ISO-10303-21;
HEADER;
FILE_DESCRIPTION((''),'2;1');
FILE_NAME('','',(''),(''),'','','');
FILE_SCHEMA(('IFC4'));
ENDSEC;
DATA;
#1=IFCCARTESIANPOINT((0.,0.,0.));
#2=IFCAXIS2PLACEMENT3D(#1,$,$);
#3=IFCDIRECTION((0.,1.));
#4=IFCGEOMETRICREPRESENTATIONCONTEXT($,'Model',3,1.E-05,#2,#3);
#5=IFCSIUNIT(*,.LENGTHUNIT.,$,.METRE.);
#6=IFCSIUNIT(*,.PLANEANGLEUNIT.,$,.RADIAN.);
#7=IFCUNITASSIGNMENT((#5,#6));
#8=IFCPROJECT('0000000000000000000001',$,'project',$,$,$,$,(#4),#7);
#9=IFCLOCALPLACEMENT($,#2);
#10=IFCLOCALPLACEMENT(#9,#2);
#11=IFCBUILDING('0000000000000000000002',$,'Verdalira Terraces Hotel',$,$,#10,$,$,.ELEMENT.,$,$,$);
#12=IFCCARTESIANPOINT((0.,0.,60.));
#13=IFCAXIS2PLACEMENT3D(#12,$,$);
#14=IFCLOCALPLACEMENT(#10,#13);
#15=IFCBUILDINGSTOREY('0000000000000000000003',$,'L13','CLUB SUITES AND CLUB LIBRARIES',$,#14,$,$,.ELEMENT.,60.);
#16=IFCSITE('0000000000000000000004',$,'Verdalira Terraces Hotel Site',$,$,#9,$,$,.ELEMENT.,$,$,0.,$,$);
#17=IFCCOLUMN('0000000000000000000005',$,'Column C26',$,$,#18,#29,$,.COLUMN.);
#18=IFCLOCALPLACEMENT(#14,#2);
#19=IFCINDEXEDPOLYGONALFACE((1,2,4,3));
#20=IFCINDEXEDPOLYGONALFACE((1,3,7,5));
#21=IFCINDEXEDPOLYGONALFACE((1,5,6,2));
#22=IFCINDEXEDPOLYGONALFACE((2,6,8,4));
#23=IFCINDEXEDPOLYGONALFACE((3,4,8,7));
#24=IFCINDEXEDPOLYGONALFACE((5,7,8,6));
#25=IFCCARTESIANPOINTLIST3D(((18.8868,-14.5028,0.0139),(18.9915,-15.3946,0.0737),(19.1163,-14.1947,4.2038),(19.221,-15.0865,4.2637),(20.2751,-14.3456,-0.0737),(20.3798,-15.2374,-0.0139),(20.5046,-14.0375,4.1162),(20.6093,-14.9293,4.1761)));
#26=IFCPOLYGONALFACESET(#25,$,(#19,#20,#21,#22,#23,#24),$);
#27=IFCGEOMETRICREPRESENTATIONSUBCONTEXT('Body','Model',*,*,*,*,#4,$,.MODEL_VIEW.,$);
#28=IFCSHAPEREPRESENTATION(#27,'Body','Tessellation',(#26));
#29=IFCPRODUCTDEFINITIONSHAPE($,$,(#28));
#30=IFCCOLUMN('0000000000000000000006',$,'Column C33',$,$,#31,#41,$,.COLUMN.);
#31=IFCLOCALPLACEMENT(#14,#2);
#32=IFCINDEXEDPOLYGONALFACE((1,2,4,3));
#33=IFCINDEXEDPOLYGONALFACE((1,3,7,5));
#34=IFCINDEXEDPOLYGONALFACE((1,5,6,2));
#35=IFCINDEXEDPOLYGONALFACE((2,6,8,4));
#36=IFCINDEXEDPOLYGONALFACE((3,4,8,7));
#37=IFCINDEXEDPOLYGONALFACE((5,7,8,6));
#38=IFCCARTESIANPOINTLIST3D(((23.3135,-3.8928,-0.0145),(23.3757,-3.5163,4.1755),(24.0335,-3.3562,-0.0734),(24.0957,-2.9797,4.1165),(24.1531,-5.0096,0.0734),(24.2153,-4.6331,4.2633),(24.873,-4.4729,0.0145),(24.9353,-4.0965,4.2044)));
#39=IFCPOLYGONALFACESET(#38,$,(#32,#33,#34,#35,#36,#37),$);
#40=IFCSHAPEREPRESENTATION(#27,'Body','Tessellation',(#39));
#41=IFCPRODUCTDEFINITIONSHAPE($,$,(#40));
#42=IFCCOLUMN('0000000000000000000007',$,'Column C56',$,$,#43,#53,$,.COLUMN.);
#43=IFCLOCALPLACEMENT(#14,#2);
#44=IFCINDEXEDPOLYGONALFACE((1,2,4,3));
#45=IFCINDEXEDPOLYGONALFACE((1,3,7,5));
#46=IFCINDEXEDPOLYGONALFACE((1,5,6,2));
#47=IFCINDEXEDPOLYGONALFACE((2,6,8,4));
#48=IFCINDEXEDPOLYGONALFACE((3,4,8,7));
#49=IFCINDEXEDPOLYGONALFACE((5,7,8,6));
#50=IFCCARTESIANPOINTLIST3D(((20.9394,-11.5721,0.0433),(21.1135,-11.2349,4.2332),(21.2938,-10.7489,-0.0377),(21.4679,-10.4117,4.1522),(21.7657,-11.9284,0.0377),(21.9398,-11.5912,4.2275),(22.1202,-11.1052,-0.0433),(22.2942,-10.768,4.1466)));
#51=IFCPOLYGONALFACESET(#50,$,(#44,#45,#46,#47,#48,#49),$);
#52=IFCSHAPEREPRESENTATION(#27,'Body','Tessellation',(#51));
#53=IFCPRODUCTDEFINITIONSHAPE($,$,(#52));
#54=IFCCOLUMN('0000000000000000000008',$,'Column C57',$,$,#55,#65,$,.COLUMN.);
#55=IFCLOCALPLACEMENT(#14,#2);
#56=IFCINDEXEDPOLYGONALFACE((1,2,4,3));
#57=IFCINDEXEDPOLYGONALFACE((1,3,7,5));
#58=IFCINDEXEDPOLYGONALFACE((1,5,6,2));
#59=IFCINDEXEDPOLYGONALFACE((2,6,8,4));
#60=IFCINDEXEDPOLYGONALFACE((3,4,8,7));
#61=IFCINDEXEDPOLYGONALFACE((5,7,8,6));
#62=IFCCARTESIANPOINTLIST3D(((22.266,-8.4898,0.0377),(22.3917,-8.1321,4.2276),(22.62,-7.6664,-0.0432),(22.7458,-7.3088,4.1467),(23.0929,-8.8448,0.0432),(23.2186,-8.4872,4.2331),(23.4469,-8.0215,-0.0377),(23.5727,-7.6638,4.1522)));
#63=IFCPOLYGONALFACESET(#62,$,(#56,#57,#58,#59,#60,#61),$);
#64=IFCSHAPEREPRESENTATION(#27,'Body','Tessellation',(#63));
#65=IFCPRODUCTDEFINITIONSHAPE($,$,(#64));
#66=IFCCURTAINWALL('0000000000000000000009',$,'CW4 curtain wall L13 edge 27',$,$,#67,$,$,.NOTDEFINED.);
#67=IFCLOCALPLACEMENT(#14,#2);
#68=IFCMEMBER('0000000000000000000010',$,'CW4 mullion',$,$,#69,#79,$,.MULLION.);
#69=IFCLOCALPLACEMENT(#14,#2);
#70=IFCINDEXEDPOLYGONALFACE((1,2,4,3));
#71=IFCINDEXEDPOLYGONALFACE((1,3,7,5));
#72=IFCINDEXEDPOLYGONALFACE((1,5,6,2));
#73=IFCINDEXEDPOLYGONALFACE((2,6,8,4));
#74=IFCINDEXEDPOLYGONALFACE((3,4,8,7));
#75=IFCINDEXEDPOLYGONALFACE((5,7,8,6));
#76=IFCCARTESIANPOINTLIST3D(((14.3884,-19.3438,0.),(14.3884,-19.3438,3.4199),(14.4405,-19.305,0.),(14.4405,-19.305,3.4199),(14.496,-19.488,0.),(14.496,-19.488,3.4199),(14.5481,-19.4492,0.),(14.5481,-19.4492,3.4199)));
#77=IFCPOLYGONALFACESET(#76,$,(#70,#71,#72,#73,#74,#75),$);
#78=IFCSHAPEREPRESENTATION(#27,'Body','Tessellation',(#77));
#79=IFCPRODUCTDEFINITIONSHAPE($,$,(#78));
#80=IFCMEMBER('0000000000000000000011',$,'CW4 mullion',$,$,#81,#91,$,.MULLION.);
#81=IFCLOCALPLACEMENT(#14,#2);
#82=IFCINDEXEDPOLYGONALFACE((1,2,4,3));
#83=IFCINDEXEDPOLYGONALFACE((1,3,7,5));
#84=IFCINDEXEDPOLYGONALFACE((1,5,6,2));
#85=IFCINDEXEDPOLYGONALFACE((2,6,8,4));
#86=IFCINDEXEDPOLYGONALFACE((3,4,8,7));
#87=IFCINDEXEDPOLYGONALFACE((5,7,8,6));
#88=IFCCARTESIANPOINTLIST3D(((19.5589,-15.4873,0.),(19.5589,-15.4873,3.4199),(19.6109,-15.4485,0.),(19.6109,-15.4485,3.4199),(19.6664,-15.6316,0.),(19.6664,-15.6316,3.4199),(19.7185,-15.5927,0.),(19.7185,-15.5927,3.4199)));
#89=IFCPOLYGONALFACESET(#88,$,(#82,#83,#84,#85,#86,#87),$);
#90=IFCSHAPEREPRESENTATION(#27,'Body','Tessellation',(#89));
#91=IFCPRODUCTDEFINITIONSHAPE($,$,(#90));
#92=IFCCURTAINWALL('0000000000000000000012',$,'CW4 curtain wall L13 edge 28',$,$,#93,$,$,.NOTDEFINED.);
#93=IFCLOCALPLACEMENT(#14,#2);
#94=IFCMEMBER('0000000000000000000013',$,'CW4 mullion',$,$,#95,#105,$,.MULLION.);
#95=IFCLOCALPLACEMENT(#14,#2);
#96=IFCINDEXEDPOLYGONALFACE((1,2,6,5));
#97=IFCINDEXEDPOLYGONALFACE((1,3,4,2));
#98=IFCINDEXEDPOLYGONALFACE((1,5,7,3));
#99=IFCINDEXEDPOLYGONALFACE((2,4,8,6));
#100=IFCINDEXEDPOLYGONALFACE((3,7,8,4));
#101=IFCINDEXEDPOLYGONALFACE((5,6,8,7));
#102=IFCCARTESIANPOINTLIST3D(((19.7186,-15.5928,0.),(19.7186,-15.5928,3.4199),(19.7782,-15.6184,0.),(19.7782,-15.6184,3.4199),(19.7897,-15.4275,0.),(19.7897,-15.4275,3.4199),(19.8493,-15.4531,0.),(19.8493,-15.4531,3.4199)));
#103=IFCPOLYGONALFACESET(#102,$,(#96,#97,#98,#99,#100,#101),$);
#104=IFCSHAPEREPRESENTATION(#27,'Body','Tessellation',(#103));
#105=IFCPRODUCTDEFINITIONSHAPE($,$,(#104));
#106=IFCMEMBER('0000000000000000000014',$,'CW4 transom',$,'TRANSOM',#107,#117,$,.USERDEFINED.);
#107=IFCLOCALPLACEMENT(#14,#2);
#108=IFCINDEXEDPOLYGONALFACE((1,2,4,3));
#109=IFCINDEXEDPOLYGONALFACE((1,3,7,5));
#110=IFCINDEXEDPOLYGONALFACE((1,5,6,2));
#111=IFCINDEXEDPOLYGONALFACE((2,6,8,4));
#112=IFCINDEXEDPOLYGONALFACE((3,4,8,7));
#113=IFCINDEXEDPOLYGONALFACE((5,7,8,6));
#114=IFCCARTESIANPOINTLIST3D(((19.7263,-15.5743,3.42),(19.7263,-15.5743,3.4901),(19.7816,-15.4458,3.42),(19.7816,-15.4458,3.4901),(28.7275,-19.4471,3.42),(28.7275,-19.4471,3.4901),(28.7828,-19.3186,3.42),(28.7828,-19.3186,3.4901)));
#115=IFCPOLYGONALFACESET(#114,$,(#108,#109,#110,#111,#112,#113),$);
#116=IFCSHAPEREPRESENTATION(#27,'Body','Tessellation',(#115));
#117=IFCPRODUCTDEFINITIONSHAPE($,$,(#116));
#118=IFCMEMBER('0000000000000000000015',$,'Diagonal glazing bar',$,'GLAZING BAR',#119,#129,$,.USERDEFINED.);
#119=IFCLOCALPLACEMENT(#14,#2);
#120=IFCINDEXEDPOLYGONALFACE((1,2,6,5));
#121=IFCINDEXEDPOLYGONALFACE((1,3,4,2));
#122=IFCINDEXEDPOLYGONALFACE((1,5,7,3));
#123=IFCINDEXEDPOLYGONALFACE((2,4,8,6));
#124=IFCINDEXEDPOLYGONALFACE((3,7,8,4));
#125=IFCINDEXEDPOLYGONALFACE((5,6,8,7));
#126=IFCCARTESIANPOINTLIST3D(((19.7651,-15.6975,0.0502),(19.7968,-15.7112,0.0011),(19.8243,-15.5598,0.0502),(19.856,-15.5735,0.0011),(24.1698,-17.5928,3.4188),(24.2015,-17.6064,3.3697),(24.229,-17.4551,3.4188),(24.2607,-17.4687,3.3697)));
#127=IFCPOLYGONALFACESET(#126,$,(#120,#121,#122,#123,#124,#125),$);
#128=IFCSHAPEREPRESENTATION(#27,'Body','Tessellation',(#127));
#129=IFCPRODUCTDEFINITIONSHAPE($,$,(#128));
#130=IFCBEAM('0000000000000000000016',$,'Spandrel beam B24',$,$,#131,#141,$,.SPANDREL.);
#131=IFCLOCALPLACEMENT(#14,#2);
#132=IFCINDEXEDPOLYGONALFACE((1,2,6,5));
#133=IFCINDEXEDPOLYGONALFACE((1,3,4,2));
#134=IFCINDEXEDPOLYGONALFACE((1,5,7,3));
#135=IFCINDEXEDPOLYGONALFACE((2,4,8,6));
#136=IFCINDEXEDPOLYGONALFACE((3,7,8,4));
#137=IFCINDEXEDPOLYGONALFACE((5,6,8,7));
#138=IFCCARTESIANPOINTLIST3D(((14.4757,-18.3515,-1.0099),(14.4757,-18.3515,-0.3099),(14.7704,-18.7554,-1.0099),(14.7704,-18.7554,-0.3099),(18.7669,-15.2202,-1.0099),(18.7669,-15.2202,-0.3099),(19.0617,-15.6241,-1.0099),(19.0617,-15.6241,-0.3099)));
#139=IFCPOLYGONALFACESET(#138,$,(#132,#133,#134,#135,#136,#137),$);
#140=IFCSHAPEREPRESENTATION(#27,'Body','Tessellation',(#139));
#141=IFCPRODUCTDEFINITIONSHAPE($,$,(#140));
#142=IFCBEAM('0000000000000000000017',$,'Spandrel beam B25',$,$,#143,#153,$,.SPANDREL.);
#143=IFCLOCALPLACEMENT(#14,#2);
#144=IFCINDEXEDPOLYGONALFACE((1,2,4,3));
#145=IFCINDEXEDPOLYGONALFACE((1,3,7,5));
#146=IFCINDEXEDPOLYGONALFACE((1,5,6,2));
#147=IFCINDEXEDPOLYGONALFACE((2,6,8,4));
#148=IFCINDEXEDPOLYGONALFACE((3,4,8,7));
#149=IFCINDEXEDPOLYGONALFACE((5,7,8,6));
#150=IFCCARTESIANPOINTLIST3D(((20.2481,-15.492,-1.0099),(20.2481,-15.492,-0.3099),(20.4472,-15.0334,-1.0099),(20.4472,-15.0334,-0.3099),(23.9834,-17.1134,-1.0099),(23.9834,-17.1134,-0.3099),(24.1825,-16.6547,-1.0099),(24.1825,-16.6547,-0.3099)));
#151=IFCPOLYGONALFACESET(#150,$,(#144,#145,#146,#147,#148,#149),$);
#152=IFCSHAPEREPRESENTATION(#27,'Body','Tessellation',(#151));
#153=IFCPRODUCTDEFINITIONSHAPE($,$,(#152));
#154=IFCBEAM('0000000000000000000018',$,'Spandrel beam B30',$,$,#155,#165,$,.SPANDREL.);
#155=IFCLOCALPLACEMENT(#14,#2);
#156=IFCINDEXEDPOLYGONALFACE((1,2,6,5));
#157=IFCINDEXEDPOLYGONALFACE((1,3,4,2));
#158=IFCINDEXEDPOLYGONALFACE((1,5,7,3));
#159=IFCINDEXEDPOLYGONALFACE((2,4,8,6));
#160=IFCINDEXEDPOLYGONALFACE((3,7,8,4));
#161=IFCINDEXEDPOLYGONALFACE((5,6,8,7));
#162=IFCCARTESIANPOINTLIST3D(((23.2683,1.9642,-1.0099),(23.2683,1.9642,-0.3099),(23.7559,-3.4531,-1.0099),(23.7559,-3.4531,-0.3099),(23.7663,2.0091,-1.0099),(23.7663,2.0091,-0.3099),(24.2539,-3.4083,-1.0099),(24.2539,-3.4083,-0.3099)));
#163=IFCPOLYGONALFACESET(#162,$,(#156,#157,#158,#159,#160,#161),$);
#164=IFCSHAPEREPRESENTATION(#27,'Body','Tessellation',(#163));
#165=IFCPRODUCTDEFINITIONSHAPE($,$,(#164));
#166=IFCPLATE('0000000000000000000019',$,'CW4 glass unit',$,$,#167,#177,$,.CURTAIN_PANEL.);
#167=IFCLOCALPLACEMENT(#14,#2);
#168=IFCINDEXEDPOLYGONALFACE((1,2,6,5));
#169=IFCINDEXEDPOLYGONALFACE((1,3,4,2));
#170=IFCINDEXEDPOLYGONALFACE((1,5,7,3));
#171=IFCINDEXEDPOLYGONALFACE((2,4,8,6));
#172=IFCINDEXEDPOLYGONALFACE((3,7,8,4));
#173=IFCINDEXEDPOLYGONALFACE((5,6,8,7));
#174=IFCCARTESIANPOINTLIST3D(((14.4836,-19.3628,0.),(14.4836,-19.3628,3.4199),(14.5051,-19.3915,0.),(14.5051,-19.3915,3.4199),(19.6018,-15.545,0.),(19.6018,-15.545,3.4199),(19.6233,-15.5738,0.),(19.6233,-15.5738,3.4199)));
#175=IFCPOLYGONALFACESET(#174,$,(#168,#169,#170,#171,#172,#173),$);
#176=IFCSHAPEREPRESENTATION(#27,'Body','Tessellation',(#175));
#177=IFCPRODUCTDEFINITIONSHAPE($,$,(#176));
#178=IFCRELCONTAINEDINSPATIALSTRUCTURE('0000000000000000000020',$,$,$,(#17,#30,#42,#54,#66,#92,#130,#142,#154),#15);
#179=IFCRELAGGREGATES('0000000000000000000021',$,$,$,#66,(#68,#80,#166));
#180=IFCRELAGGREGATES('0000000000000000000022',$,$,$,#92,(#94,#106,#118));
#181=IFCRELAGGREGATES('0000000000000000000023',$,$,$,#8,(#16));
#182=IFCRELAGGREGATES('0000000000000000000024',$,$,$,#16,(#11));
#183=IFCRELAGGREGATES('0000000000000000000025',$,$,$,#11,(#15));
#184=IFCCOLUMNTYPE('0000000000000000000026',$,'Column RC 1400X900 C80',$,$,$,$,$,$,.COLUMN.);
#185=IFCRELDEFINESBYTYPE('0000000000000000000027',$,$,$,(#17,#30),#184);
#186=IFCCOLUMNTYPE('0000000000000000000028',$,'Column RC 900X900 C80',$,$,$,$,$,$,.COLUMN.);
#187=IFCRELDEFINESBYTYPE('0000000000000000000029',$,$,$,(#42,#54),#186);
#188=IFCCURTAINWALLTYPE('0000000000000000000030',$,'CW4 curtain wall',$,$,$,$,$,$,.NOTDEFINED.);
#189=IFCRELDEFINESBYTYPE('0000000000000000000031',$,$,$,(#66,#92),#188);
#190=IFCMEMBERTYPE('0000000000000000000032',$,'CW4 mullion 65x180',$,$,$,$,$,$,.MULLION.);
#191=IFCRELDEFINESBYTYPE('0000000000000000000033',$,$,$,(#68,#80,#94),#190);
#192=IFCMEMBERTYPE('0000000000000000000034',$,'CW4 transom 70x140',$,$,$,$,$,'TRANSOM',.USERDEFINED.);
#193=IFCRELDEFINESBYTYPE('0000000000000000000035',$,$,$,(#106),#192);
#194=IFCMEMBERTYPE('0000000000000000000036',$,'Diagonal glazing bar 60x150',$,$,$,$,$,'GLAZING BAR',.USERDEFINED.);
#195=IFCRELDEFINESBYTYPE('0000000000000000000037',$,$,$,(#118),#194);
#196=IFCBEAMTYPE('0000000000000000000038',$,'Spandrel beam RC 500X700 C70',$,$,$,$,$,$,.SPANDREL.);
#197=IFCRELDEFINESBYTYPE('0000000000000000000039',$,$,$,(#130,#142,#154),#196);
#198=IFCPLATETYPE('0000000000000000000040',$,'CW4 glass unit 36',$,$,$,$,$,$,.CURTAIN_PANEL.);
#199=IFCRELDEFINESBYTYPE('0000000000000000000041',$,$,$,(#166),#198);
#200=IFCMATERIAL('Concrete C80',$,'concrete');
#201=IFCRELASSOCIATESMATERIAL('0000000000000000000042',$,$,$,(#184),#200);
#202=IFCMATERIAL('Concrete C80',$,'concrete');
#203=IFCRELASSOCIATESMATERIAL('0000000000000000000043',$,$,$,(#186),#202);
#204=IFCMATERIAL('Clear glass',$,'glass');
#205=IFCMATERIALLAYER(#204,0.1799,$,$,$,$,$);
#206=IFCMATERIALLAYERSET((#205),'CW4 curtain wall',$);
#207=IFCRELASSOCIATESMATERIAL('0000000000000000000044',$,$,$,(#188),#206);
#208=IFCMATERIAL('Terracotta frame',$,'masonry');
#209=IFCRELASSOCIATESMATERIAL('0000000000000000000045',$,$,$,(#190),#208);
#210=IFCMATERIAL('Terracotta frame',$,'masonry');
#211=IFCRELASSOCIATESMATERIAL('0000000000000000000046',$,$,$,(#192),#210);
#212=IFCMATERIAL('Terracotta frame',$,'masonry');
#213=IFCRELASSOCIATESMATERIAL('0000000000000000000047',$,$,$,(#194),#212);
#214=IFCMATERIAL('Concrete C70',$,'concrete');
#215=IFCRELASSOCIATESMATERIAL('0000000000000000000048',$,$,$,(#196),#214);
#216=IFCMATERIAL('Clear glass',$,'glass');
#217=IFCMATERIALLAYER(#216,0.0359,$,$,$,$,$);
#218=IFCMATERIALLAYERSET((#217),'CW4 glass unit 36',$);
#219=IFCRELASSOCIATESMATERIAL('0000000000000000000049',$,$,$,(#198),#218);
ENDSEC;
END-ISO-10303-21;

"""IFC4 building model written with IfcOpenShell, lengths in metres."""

from ifc_helpers import new_model, si_unit, direction, frame, origin, origin_2d, place, context, subcontext, project, spatial, rectangle, extrude, material, layer, layer_set, material_profile, profile_set, type_object, element, aggregate, save


model = new_model("IFC4")

# Units and contexts
model_context = context("Model", 3, precision=1e-05, world=origin(), true_north=direction((0.0, 1.0)))
body_context = subcontext(model_context, "Body", "Model", "MODEL_VIEW")
ifc_project = project(units=[si_unit("LENGTHUNIT", "METRE"), si_unit("PLANEANGLEUNIT", "RADIAN")], contexts=[model_context])

# Site, building, storey
site_placement = place(None, origin())
site = spatial("IfcSite", under=ifc_project, at=site_placement, Name="Verdalira Terraces Hotel Site", CompositionType="ELEMENT", RefElevation=0.0)
building_placement = place(site_placement, origin())
building = spatial("IfcBuilding", under=site, at=building_placement, Name="Verdalira Terraces Hotel", CompositionType="ELEMENT")
storey_placement = place(building_placement, frame((0.0, 0.0, 60.0)))
storey = spatial("IfcBuildingStorey", under=building, at=storey_placement, Name="L13", Description="CLUB SUITES AND CLUB LIBRARIES", CompositionType="ELEMENT", Elevation=60.0)

# Columns
ifc_material_1 = material(Name="Concrete C80", Category="concrete")
ifc_material_profile_1 = material_profile(ifc_material_1, rectangle(XDim=1.3999, YDim=0.8999, at=origin_2d()), Name="RC 1400X900")
ifc_profile_set_1 = profile_set([ifc_material_profile_1], Name="Concrete C80")
column_type_1 = type_object("IfcColumnType", Name="Column RC 1400X900 C80", PredefinedType="COLUMN", material=ifc_profile_set_1)
column_1_placement = place(storey_placement, frame((19.6333, -14.8701, 0.0), z_axis=(0.054543, 0.073227, 0.995823), x_axis=(-0.991703, -0.112293, 0.062575)))
element("IfcColumn", 1, at=column_1_placement, inside=storey, type_object=column_type_1, Name="Column C26", PredefinedType="COLUMN", context=body_context, shape_type="SweptSolid", body=[
    extrude(rectangle(XDim=1.3999, YDim=0.8999, at=origin_2d()), origin(), (0.0, 0.0, 1.0), 4.2075),
])
column_2_placement = place(storey_placement, frame((24.0933, -4.1829, 0.0), z_axis=(0.014797, 0.089479, 0.995879), x_axis=(0.599728, -0.797739, 0.062766)))
element("IfcColumn", 2, at=column_2_placement, inside=storey, type_object=column_type_1, Name="Column C33", PredefinedType="COLUMN", context=body_context, shape_type="SweptSolid", body=[
    extrude(rectangle(XDim=1.3999, YDim=0.8999, at=origin_2d()), origin(), (0.0, 0.0, 1.0), 4.2073),
])
ifc_material_2 = material(Name="Concrete C80", Category="concrete")
ifc_material_profile_2 = material_profile(ifc_material_2, rectangle(XDim=0.8999, YDim=0.8999, at=origin_2d()), Name="RC 900X900")
ifc_profile_set_2 = profile_set([ifc_material_profile_2], Name="Concrete C80")
column_type_2 = type_object("IfcColumnType", Name="Column RC 900X900 C80", PredefinedType="COLUMN", material=ifc_profile_set_2)
for number, where, z_axis, x_axis, name in (
    (3, (21.5298, -11.3386, 0.0), (0.041376, 0.080141, 0.995924), (0.918249, -0.395953, -0.006287), "Column C56"),
    (4, (22.8564, -8.2556, 0.0), (0.029886, 0.085016, 0.995931), (0.91886, -0.394537, 0.006106), "Column C57"),
):
    element("IfcColumn", number, at=place(storey_placement, frame(where, z_axis=z_axis, x_axis=x_axis)), inside=storey, type_object=column_type_2, Name=name, PredefinedType="COLUMN", context=body_context, shape_type="SweptSolid", body=[
        extrude(rectangle(XDim=0.8999, YDim=0.8999, at=origin_2d()), origin(), (0.0, 0.0, 1.0), 4.207),
    ])

# Curtain walls, members
ifc_material_3 = material(Name="Clear glass", Category="glass")
ifc_layer_1 = layer(ifc_material_3, 0.1799)
ifc_layer_set_1 = layer_set([ifc_layer_1], Name="CW4 curtain wall")
curtain_wall_type = type_object("IfcCurtainWallType", Name="CW4 curtain wall", PredefinedType="NOTDEFINED", material=ifc_layer_set_1)
curtain_wall_1_placement = place(storey_placement, origin())
curtain_wall_1 = element("IfcCurtainWall", 5, at=curtain_wall_1_placement, inside=storey, type_object=curtain_wall_type, Name="CW4 curtain wall L13 edge 27", PredefinedType="NOTDEFINED")
ifc_material_4 = material(Name="Terracotta frame", Category="masonry")
ifc_material_profile_3 = material_profile(ifc_material_4, rectangle(XDim=0.0649, YDim=0.1799, at=origin_2d()), Name="MU 65x180")
ifc_profile_set_3 = profile_set([ifc_material_profile_3], Name="Terracotta frame")
member_type_1 = type_object("IfcMemberType", Name="CW4 mullion 65x180", PredefinedType="MULLION", material=ifc_profile_set_3)
member_1_placement = place(storey_placement, frame((14.4683, -19.3965, 0.0), z_axis=(0.0, 0.0, 1.0), x_axis=(0.801567, 0.597905, 0.0)))
member_1 = element("IfcMember", 6, at=member_1_placement, type_object=member_type_1, Name="CW4 mullion", PredefinedType="MULLION", context=body_context, shape_type="SweptSolid", body=[
    extrude(rectangle(XDim=0.0649, YDim=0.1799, at=origin_2d()), origin(), (0.0, 0.0, 1.0), 3.4199),
])
member_2_placement = place(storey_placement, frame((19.6387, -15.54, 0.0), z_axis=(0.0, 0.0, 1.0), x_axis=(0.801567, 0.597905, 0.0)))
member_2 = element("IfcMember", 7, at=member_2_placement, type_object=member_type_1, Name="CW4 mullion", PredefinedType="MULLION", context=body_context, shape_type="SweptSolid", body=[
    extrude(rectangle(XDim=0.0649, YDim=0.1799, at=origin_2d()), origin(), (0.0, 0.0, 1.0), 3.4199),
])
curtain_wall_2_placement = place(storey_placement, origin())
curtain_wall_2 = element("IfcCurtainWall", 8, at=curtain_wall_2_placement, inside=storey, type_object=curtain_wall_type, Name="CW4 curtain wall L13 edge 28", PredefinedType="NOTDEFINED")
member_3_placement = place(storey_placement, frame((19.7839, -15.5229, 0.0), z_axis=(0.0, 0.0, 1.0), x_axis=(0.918584, -0.395225, 0.0)))
member_3 = element("IfcMember", 9, at=member_3_placement, type_object=member_type_1, Name="CW4 mullion", PredefinedType="MULLION", context=body_context, shape_type="SweptSolid", body=[
    extrude(rectangle(XDim=0.0649, YDim=0.1799, at=origin_2d()), origin(), (0.0, 0.0, 1.0), 3.4199),
])
ifc_material_5 = material(Name="Terracotta frame", Category="masonry")
ifc_material_profile_4 = material_profile(ifc_material_5, rectangle(XDim=0.1399, YDim=0.0701, at=origin_2d()), Name="TR 70x140")
ifc_profile_set_4 = profile_set([ifc_material_profile_4], Name="Terracotta frame")
member_type_2 = type_object("IfcMemberType", Name="CW4 transom 70x140", ElementType="TRANSOM", PredefinedType="USERDEFINED", material=ifc_profile_set_4)
member_4_placement = place(storey_placement, frame((19.7539, -15.51, 3.4551), z_axis=(0.918585, -0.395224, 0.0), x_axis=(0.395224, 0.918585, 0.0)))
member_4 = element("IfcMember", 10, at=member_4_placement, type_object=member_type_2, Name="CW4 transom", ObjectType="TRANSOM", PredefinedType="USERDEFINED", context=body_context, shape_type="SweptSolid", body=[
    extrude(rectangle(XDim=0.1399, YDim=0.0701, at=origin_2d()), origin(), (0.0, 0.0, 1.0), 9.7991),
])
ifc_material_6 = material(Name="Terracotta frame", Category="masonry")
ifc_material_profile_5 = material_profile(ifc_material_6, rectangle(XDim=0.1499, YDim=0.0601, at=origin_2d()), Name="GB 60x150")
ifc_profile_set_5 = profile_set([ifc_material_profile_5], Name="Terracotta frame")
member_type_3 = type_object("IfcMemberType", Name="Diagonal glazing bar 60x150", ElementType="GLAZING BAR", PredefinedType="USERDEFINED", material=ifc_profile_set_5)
member_5_placement = place(storey_placement, frame((19.8105, -15.6355, 0.0256), z_axis=(0.751644, -0.323413, 0.574835), x_axis=(0.39524, 0.918578, 0.0)))
member_5 = element("IfcMember", 11, at=member_5_placement, type_object=member_type_3, Name="Diagonal glazing bar", ObjectType="GLAZING BAR", PredefinedType="USERDEFINED", context=body_context, shape_type="SweptSolid", body=[
    extrude(rectangle(XDim=0.1499, YDim=0.0601, at=origin_2d()), origin(), (0.0, 0.0, 1.0), 5.8601),
])

# Beams
ifc_material_7 = material(Name="Concrete C70", Category="concrete")
ifc_material_profile_6 = material_profile(ifc_material_7, rectangle(XDim=0.5, YDim=0.7, at=origin_2d()), Name="RC 500X700")
ifc_profile_set_6 = profile_set([ifc_material_profile_6], Name="Concrete C70")
beam_type = type_object("IfcBeamType", Name="Spandrel beam RC 500X700 C70", PredefinedType="SPANDREL", material=ifc_profile_set_6)
beam_1_placement = place(storey_placement, frame((14.623, -18.5535, -0.6599), z_axis=(0.807801, 0.589455, 0.0), x_axis=(-0.589455, 0.807801, 0.0)))
element("IfcBeam", 12, at=beam_1_placement, inside=storey, type_object=beam_type, Name="Spandrel beam B24", PredefinedType="SPANDREL", context=body_context, shape_type="SweptSolid", body=[
    extrude(rectangle(XDim=0.5, YDim=0.7, at=origin_2d()), origin(), (0.0, 0.0, 1.0), 5.3123),
])
beam_2_placement = place(storey_placement, frame((20.3477, -15.2627, -0.6599), z_axis=(0.917315, -0.398163, 0.0), x_axis=(0.398163, 0.917315, 0.0)))
element("IfcBeam", 13, at=beam_2_placement, inside=storey, type_object=beam_type, Name="Spandrel beam B25", PredefinedType="SPANDREL", context=body_context, shape_type="SweptSolid", body=[
    extrude(rectangle(XDim=0.5, YDim=0.7, at=origin_2d()), origin(), (0.0, 0.0, 1.0), 4.072),
])
beam_3_placement = place(storey_placement, frame((24.0049, -3.4307, -0.6599), z_axis=(-0.089637, 0.995974, 0.0), x_axis=(-0.995974, -0.089637, 0.0)))
element("IfcBeam", 14, at=beam_3_placement, inside=storey, type_object=beam_type, Name="Spandrel beam B30", PredefinedType="SPANDREL", context=body_context, shape_type="SweptSolid", body=[
    extrude(rectangle(XDim=0.5, YDim=0.7, at=origin_2d()), origin(), (0.0, 0.0, 1.0), 5.4392),
])

# Plate
ifc_material_8 = material(Name="Clear glass", Category="glass")
ifc_layer_2 = layer(ifc_material_8, 0.0359)
ifc_layer_set_2 = layer_set([ifc_layer_2], Name="CW4 glass unit 36")
plate_type = type_object("IfcPlateType", Name="CW4 glass unit 36", PredefinedType="CURTAIN_PANEL", material=ifc_layer_set_2)
plate_1_placement = place(storey_placement, frame((17.0535, -17.4683, 0.0), z_axis=(0.0, 0.0, 1.0), x_axis=(0.801567, 0.597905, 0.0)))
plate_1 = element("IfcPlate", 15, at=plate_1_placement, type_object=plate_type, Name="CW4 glass unit", PredefinedType="CURTAIN_PANEL", context=body_context, shape_type="SweptSolid", body=[
    extrude(rectangle(XDim=6.3853, YDim=0.0359, at=origin_2d()), origin(), (0.0, 0.0, 1.0), 3.4199),
])
aggregate(curtain_wall_1, [member_1, member_2, plate_1])
aggregate(curtain_wall_2, [member_3, member_4, member_5])

save(model, "model.ifc")
